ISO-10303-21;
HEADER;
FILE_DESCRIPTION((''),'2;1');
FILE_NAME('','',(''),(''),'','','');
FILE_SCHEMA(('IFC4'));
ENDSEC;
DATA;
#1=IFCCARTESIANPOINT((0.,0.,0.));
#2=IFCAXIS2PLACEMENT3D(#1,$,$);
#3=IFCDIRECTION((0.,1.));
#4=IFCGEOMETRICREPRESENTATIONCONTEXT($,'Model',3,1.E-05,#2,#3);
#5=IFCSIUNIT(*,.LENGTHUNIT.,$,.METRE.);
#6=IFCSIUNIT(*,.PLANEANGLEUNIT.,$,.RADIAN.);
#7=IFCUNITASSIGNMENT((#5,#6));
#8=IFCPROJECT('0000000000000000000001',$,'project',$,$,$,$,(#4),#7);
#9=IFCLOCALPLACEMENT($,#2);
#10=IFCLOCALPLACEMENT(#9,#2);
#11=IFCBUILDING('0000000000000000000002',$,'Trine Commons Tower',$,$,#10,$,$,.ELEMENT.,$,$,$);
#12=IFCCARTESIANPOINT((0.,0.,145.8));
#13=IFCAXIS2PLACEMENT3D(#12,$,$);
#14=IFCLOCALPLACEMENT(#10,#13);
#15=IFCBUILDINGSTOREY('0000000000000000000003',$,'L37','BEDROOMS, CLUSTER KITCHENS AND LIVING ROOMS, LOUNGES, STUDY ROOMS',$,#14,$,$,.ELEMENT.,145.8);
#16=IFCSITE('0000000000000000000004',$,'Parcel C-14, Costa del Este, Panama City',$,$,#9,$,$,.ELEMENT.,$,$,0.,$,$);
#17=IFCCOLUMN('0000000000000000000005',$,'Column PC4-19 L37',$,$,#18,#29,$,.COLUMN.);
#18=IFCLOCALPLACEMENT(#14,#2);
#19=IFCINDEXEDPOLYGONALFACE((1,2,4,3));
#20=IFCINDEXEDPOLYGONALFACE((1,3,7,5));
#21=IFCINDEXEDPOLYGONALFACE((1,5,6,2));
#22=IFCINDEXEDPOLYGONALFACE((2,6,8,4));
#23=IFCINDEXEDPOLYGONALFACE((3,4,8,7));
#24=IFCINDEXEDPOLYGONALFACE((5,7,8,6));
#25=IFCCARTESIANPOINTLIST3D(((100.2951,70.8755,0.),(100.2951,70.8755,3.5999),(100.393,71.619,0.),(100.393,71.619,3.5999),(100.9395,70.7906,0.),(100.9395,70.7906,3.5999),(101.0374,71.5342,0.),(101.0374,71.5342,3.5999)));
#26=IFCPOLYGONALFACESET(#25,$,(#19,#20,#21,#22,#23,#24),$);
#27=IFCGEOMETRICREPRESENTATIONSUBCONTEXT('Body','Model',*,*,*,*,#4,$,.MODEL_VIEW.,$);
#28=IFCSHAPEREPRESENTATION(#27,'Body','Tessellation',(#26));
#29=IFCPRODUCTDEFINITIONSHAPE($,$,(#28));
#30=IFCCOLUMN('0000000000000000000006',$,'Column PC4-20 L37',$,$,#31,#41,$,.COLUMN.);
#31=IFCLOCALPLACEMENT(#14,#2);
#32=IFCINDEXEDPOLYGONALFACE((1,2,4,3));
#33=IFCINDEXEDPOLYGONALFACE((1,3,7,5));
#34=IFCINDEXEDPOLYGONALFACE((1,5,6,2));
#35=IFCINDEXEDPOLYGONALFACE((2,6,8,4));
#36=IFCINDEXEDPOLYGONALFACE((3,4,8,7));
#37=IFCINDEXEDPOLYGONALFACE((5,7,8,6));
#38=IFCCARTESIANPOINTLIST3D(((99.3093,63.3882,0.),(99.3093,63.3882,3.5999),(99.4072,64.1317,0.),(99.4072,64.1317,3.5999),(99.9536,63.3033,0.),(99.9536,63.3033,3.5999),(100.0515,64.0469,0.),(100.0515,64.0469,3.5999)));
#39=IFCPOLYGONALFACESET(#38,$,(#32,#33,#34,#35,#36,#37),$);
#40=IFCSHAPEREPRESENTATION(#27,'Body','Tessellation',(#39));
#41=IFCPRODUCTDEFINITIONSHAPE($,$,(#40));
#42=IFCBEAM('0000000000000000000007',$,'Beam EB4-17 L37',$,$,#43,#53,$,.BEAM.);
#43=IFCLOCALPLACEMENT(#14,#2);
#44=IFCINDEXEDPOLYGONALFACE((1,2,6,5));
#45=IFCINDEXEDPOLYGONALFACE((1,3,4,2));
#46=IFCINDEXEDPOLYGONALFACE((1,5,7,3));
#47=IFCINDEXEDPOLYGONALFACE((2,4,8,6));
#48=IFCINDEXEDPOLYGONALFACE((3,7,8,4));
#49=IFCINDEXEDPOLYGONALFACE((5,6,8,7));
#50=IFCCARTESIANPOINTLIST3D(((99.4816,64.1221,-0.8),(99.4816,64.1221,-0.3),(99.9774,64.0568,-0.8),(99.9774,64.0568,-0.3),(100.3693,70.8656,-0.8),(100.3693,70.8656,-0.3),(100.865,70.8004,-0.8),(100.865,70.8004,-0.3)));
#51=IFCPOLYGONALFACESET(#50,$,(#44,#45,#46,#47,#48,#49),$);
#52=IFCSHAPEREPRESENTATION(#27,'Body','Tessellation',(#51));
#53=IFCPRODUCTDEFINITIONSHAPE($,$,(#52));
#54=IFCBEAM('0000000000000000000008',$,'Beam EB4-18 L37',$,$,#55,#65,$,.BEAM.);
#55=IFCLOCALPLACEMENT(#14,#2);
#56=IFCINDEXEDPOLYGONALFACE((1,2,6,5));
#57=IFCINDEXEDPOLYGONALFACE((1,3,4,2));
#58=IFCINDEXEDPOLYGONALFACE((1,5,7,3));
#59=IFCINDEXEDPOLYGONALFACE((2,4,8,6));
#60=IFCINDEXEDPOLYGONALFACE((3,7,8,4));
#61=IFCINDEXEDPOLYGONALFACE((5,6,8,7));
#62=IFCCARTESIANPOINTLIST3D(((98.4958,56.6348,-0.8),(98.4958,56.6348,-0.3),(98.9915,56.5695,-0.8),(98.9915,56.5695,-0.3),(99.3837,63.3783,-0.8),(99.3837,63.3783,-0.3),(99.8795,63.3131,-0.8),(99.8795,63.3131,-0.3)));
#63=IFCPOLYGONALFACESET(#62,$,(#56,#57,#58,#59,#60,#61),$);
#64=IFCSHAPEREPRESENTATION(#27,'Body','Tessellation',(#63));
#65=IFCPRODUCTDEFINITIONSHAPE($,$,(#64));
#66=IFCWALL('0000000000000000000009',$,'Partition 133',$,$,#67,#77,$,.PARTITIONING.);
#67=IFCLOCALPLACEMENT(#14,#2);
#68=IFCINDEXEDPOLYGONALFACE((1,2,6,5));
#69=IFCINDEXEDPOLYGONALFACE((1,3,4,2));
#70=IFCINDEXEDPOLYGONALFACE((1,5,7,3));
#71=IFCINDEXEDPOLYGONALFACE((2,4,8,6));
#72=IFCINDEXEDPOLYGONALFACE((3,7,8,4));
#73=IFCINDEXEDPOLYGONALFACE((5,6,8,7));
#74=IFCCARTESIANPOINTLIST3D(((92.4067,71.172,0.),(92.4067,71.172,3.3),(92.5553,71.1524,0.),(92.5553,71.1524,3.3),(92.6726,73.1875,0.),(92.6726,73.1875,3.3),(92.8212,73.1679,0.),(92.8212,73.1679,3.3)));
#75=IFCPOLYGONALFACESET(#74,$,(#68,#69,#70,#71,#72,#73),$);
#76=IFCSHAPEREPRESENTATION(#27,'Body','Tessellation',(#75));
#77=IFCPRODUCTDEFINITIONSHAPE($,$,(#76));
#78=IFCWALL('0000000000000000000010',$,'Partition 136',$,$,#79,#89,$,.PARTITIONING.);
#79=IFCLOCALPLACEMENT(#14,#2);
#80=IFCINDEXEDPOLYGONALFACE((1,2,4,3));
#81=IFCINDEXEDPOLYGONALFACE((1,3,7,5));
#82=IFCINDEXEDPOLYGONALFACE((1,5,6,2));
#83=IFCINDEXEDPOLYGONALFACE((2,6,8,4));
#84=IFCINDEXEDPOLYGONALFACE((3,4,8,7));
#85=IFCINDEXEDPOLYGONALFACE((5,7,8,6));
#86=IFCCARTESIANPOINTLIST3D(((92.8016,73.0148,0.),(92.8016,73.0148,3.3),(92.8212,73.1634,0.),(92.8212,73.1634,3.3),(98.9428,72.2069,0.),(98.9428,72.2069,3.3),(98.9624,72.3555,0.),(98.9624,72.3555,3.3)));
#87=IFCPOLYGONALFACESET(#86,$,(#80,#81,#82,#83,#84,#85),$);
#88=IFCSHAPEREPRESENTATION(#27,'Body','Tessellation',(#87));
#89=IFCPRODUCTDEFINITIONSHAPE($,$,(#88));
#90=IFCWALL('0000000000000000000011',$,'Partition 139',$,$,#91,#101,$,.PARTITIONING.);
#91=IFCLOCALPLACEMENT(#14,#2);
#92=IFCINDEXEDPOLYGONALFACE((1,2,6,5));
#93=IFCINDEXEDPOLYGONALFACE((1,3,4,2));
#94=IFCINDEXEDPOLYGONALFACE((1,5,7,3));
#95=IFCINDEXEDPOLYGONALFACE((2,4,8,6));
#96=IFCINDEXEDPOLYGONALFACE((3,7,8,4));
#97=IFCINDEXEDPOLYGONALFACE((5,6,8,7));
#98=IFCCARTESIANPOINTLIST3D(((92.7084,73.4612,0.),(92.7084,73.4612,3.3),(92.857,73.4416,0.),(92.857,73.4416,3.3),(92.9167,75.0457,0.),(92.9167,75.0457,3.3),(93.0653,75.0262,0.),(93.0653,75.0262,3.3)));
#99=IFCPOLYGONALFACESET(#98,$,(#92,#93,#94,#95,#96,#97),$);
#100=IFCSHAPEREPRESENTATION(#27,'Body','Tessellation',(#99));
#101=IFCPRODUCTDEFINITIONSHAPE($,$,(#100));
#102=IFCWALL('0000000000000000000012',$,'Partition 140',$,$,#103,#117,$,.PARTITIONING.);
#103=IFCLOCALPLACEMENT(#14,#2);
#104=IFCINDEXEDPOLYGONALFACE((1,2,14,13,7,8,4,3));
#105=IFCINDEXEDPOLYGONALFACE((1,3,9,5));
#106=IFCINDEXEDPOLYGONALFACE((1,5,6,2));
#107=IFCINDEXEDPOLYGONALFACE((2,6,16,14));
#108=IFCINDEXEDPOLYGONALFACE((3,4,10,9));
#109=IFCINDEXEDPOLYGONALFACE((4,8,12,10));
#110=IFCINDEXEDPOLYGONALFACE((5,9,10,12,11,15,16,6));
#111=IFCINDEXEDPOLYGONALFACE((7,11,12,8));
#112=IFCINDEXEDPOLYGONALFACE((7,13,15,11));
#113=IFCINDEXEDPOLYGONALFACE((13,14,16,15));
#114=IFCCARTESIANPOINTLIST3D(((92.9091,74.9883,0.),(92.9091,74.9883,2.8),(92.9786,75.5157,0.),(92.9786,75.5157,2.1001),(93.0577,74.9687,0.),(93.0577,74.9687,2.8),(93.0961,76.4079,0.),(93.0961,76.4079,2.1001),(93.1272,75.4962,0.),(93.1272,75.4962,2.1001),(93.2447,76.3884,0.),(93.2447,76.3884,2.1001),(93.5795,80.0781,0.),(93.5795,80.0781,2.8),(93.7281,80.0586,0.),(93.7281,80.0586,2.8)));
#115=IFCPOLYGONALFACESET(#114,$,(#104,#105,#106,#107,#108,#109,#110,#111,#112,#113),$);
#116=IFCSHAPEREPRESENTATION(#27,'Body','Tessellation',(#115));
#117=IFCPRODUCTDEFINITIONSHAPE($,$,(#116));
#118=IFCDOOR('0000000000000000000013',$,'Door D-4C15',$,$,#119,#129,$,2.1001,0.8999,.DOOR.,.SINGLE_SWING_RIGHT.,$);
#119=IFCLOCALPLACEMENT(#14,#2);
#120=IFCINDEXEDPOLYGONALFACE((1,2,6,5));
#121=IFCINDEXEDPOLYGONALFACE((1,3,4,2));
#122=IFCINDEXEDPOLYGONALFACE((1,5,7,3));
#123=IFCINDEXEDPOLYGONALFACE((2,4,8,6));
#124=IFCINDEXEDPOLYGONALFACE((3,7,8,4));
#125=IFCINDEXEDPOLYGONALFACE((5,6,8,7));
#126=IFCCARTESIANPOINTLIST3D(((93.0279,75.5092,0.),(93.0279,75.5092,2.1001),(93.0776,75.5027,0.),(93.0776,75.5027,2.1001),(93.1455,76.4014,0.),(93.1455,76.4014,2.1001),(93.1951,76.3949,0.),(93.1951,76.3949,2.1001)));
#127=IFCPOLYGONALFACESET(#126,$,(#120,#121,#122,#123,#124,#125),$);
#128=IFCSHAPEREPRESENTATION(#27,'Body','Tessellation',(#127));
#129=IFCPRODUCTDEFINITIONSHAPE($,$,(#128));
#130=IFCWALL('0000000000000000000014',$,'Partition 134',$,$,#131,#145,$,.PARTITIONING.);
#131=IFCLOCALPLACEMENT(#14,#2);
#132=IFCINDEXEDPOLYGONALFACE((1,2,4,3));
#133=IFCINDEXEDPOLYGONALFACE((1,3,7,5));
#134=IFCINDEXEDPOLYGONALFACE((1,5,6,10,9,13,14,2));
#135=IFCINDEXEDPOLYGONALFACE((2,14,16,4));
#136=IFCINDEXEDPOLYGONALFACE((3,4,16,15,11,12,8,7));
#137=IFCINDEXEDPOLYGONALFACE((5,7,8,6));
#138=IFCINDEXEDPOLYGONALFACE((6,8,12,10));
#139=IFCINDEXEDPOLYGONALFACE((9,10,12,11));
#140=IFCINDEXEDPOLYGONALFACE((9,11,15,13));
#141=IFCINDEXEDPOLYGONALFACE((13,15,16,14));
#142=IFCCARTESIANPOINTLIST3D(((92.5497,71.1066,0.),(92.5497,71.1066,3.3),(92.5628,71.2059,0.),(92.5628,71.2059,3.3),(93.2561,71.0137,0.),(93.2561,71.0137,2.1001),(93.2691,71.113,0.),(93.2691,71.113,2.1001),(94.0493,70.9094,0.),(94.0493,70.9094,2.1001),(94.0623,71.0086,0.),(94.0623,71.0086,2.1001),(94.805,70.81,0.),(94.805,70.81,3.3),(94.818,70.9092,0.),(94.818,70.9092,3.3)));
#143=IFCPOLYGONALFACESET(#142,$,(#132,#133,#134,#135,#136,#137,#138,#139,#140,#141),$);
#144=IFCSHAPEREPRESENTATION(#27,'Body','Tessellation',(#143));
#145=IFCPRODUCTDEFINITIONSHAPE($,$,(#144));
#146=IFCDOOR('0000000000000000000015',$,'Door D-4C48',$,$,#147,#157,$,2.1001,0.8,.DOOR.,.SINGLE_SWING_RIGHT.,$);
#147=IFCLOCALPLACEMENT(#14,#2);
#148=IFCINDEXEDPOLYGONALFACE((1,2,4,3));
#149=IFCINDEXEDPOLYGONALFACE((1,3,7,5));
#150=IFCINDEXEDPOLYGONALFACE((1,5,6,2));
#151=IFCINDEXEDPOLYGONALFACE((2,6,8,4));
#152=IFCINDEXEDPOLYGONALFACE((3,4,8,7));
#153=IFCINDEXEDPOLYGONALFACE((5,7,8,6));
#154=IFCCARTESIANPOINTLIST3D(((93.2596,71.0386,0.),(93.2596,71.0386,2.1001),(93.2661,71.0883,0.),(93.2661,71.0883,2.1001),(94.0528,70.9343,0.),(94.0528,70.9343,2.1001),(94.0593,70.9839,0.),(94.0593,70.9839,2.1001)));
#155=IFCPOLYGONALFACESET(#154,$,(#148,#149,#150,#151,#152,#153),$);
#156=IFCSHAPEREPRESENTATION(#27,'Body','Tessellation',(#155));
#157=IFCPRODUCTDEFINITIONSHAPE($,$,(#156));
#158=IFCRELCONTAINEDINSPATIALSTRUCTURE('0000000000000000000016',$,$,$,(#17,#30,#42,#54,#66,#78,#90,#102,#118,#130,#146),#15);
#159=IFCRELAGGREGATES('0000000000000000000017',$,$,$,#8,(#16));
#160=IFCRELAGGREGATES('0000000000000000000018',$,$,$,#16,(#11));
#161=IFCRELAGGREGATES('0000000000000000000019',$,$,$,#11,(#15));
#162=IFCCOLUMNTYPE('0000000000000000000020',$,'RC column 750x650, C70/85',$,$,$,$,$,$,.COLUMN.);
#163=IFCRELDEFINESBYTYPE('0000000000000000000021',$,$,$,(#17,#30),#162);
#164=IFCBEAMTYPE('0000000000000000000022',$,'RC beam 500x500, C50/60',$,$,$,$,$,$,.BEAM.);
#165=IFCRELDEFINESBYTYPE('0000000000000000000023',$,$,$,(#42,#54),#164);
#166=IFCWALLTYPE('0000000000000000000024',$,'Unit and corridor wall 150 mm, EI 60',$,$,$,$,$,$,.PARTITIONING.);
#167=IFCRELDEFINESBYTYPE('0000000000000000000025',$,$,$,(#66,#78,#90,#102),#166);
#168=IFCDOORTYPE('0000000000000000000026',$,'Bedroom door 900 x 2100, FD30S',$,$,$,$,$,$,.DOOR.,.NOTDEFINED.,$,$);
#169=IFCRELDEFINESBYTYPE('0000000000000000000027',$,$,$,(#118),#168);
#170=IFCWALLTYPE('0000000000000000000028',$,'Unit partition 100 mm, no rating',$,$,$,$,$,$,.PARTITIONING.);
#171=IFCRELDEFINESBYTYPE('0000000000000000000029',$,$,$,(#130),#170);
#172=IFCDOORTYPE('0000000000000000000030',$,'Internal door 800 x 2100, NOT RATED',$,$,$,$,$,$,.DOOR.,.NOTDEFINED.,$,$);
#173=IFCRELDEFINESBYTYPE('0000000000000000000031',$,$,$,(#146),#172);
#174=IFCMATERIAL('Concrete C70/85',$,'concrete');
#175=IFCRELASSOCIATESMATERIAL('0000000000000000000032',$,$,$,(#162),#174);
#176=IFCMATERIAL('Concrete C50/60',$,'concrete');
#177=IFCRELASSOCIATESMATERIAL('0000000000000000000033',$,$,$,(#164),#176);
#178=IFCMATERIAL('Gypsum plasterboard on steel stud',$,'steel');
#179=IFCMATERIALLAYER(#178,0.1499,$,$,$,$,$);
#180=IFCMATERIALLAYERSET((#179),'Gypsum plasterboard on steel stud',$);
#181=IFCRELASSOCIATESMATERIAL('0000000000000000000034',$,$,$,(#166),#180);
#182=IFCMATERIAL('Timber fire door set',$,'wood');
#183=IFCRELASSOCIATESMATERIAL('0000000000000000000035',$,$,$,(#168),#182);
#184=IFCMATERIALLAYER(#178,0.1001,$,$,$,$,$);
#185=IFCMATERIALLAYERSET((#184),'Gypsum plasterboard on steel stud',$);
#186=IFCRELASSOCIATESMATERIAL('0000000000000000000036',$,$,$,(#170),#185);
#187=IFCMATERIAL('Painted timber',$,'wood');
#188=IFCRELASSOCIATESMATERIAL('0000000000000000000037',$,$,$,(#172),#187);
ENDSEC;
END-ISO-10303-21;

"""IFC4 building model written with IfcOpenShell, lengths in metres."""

from ifc_helpers import new_model, si_unit, direction, frame, frame_2d, origin, origin_2d, place, context, subcontext, project, spatial, rectangle, extrude, material, layer, layer_set, material_profile, profile_set, type_object, element, fill, save


model = new_model("IFC4")

# Units and contexts
model_context = context("Model", 3, precision=1e-05, world=origin(), true_north=direction((0.0, 1.0)))
body_context = subcontext(model_context, "Body", "Model", "MODEL_VIEW")
ifc_project = project(units=[si_unit("LENGTHUNIT", "METRE"), si_unit("PLANEANGLEUNIT", "RADIAN")], contexts=[model_context])

# Site, building, storey
site_placement = place(None, origin())
site = spatial("IfcSite", under=ifc_project, at=site_placement, Name="Parcel C-14, Costa del Este, Panama City", CompositionType="ELEMENT", RefElevation=0.0)
building_placement = place(site_placement, origin())
building = spatial("IfcBuilding", under=site, at=building_placement, Name="Trine Commons Tower", CompositionType="ELEMENT")
storey_placement = place(building_placement, frame((0.0, 0.0, 145.8)))
storey = spatial("IfcBuildingStorey", under=building, at=storey_placement, Name="L37", Description="BEDROOMS, CLUSTER KITCHENS AND LIVING ROOMS, LOUNGES, STUDY ROOMS", CompositionType="ELEMENT", Elevation=145.8)

# Columns
ifc_material_1 = material(Name="Concrete C70/85", Category="concrete")
ifc_material_profile_1 = material_profile(ifc_material_1, rectangle(XDim=0.75, YDim=0.6499, at=origin_2d()), Name="RC 750x650")
ifc_profile_set_1 = profile_set([ifc_material_profile_1], Name="Concrete C70/85")
column_type = type_object("IfcColumnType", Name="RC column 750x650, C70/85", PredefinedType="COLUMN", material=ifc_profile_set_1)
for number, where, z_axis, x_axis, name in (
    (1, (100.6663, 71.2048, 0.0), (0.0, 0.0, 1.0), (0.130526, 0.991445, 0.0), "Column PC4-19 L37"),
    (2, (99.6804, 63.7175, 0.0), (0.0, 0.0, 1.0), (0.130526, 0.991445, 0.0), "Column PC4-20 L37"),
):
    element("IfcColumn", number, at=place(storey_placement, frame(where, z_axis=z_axis, x_axis=x_axis)), inside=storey, type_object=column_type, Name=name, PredefinedType="COLUMN", context=body_context, shape_type="SweptSolid", body=[
        extrude(rectangle(XDim=0.75, YDim=0.6499, at=origin_2d()), origin(), (0.0, 0.0, 1.0), 3.5999),
    ])

# Beams
ifc_material_2 = material(Name="Concrete C50/60", Category="concrete")
ifc_material_profile_2 = material_profile(ifc_material_2, rectangle(XDim=0.5, YDim=0.5, at=origin_2d()), Name="RC 500x500")
ifc_profile_set_2 = profile_set([ifc_material_profile_2], Name="Concrete C50/60")
beam_type = type_object("IfcBeamType", Name="RC beam 500x500, C50/60", PredefinedType="BEAM", material=ifc_profile_set_2)
for number, where, z_axis, x_axis, name in (
    (3, (100.6172, 70.833, -0.55), (-0.130508, -0.991447, 0.0), (0.991447, -0.130508, 0.0), "Beam EB4-17 L37"),
    (4, (99.6316, 63.3457, -0.55), (-0.130544, -0.991443, 0.0), (0.991443, -0.130544, 0.0), "Beam EB4-18 L37"),
):
    element("IfcBeam", number, at=place(storey_placement, frame(where, z_axis=z_axis, x_axis=x_axis)), inside=storey, type_object=beam_type, Name=name, PredefinedType="BEAM", context=body_context, shape_type="SweptSolid", body=[
        extrude(rectangle(XDim=0.5, YDim=0.5, at=origin_2d()), origin(), (0.0, 0.0, 1.0), 6.8018),
    ])

# Walls
ifc_material_3 = material(Name="Gypsum plasterboard on steel stud", Category="steel")
ifc_layer_1 = layer(ifc_material_3, 0.1499)
ifc_layer_set_1 = layer_set([ifc_layer_1], Name="Gypsum plasterboard on steel stud")
wall_type_1 = type_object("IfcWallType", Name="Unit and corridor wall 150 mm, EI 60", PredefinedType="PARTITIONING", material=ifc_layer_set_1)
wall_1_placement = place(storey_placement, frame((92.481, 71.1621, 0.0), z_axis=(0.0, 0.0, 1.0), x_axis=(0.130787, 0.991411, 0.0)))
element("IfcWall", 5, at=wall_1_placement, inside=storey, type_object=wall_type_1, Name="Partition 133", PredefinedType="PARTITIONING", context=body_context, shape_type="SweptSolid", body=[
    extrude(rectangle(XDim=2.033, YDim=0.1499, at=frame_2d((1.0166, 0.0))), origin(), (0.0, 0.0, 1.0), 3.3),
])
wall_2_placement = place(storey_placement, frame((92.8113, 73.0891, 0.0), z_axis=(0.0, 0.0, 1.0), x_axis=(0.991458, -0.130426, 0.0)))
element("IfcWall", 6, at=wall_2_placement, inside=storey, type_object=wall_type_1, Name="Partition 136", PredefinedType="PARTITIONING", context=body_context, shape_type="SweptSolid", body=[
    extrude(rectangle(XDim=6.1941, YDim=0.1499, at=frame_2d((3.0972, 0.0))), origin(), (0.0, 0.0, 1.0), 3.3),
])
wall_3_placement = place(storey_placement, frame((92.7827, 73.4514, 0.0), z_axis=(0.0, 0.0, 1.0), x_axis=(0.130312, 0.991473, 0.0)))
element("IfcWall", 7, at=wall_3_placement, inside=storey, type_object=wall_type_1, Name="Partition 139", PredefinedType="PARTITIONING", context=body_context, shape_type="SweptSolid", body=[
    extrude(rectangle(XDim=1.5981, YDim=0.1499, at=frame_2d((0.7991, 0.0))), origin(), (0.0, 0.0, 1.0), 3.3),
])

# Walls, openings, doors
wall_4_placement = place(storey_placement, frame((92.9834, 74.9785, 0.0), z_axis=(0.0, 0.0, 1.0), x_axis=(0.130587, 0.991437, 0.0)))
wall_4 = element("IfcWall", 8, at=wall_4_placement, inside=storey, type_object=wall_type_1, Name="Partition 140", PredefinedType="PARTITIONING", context=body_context, shape_type="SweptSolid", body=[
    extrude(rectangle(XDim=5.1338, YDim=0.1499, at=frame_2d((2.5669, 0.0))), origin(), (0.0, 0.0, 1.0), 2.8),
])
opening_1_placement = place(wall_4_placement, frame((0.532, 0.0, 0.0)))
opening_1 = element("IfcOpeningElement", 9, at=opening_1_placement, cuts=wall_4, PredefinedType="OPENING", context=body_context, shape_type="SweptSolid", body=[
    extrude(rectangle(XDim=0.8999, YDim=2.1001, at=frame_2d((0.45, 1.05))), frame((0.0, 0.085, 0.0), z_axis=(0.0, -1.0, 0.0), x_axis=(1.0, 0.0, 0.0)), (0.0, 0.0, 1.0), 0.1699),
])
ifc_material_4 = material(Name="Timber fire door set", Category="wood")
door_type_1 = type_object("IfcDoorType", Name="Bedroom door 900 x 2100, FD30S", OperationType="NOTDEFINED", PredefinedType="DOOR", material=ifc_material_4)
door_1_placement = place(opening_1_placement, frame((0.8999, 0.0, 0.0), z_axis=(0.0, 0.0, 1.0), x_axis=(-1.0, 0.0, 0.0)))
door_1 = element("IfcDoor", 10, at=door_1_placement, inside=storey, type_object=door_type_1, Name="Door D-4C15", OperationType="SINGLE_SWING_RIGHT", OverallHeight=2.1001, OverallWidth=0.8999, PredefinedType="DOOR", context=body_context, shape_type="SweptSolid", body=[
    extrude(rectangle(XDim=0.8999, YDim=2.1001, at=frame_2d((0.45, 1.05))), frame((0.0, 0.0249, 0.0), z_axis=(0.0, -1.0, 0.0), x_axis=(1.0, 0.0, 0.0)), (0.0, 0.0, 1.0), 0.05),
])
fill(opening_1, door_1)
ifc_layer_2 = layer(ifc_material_3, 0.1001)
ifc_layer_set_2 = layer_set([ifc_layer_2], Name="Gypsum plasterboard on steel stud")
wall_type_2 = type_object("IfcWallType", Name="Unit partition 100 mm, no rating", PredefinedType="PARTITIONING", material=ifc_layer_set_2)
wall_5_placement = place(storey_placement, frame((92.5564, 71.1562, 0.0), z_axis=(0.0, 0.0, 1.0), x_axis=(0.99146, -0.130413, 0.0)))
wall_5 = element("IfcWall", 11, at=wall_5_placement, inside=storey, type_object=wall_type_2, Name="Partition 134", PredefinedType="PARTITIONING", context=body_context, shape_type="SweptSolid", body=[
    extrude(rectangle(XDim=2.2747, YDim=0.1001, at=frame_2d((1.1372, 0.0))), origin(), (0.0, 0.0, 1.0), 3.3),
])
opening_2_placement = place(wall_5_placement, frame((0.7124, 0.0, 0.0)))
opening_2 = element("IfcOpeningElement", 12, at=opening_2_placement, cuts=wall_5, PredefinedType="OPENING", context=body_context, shape_type="SweptSolid", body=[
    extrude(rectangle(XDim=0.8, YDim=2.1001, at=frame_2d((0.3999, 1.05))), frame((0.0, 0.0601, 0.0), z_axis=(0.0, -1.0, 0.0), x_axis=(1.0, 0.0, 0.0)), (0.0, 0.0, 1.0), 0.1201),
])
ifc_material_5 = material(Name="Painted timber", Category="wood")
door_type_2 = type_object("IfcDoorType", Name="Internal door 800 x 2100, NOT RATED", OperationType="NOTDEFINED", PredefinedType="DOOR", material=ifc_material_5)
door_2_placement = place(opening_2_placement, frame((0.8, 0.0, 0.0), z_axis=(0.0, 0.0, 1.0), x_axis=(-1.0, 0.0, 0.0)))
door_2 = element("IfcDoor", 13, at=door_2_placement, inside=storey, type_object=door_type_2, Name="Door D-4C48", OperationType="SINGLE_SWING_RIGHT", OverallHeight=2.1001, OverallWidth=0.8, PredefinedType="DOOR", context=body_context, shape_type="SweptSolid", body=[
    extrude(rectangle(XDim=0.8, YDim=2.1001, at=frame_2d((0.3999, 1.05))), frame((0.0, 0.0249, 0.0), z_axis=(0.0, -1.0, 0.0), x_axis=(1.0, 0.0, 0.0)), (0.0, 0.0, 1.0), 0.05),
])
fill(opening_2, door_2)

save(model, "model.ifc")
